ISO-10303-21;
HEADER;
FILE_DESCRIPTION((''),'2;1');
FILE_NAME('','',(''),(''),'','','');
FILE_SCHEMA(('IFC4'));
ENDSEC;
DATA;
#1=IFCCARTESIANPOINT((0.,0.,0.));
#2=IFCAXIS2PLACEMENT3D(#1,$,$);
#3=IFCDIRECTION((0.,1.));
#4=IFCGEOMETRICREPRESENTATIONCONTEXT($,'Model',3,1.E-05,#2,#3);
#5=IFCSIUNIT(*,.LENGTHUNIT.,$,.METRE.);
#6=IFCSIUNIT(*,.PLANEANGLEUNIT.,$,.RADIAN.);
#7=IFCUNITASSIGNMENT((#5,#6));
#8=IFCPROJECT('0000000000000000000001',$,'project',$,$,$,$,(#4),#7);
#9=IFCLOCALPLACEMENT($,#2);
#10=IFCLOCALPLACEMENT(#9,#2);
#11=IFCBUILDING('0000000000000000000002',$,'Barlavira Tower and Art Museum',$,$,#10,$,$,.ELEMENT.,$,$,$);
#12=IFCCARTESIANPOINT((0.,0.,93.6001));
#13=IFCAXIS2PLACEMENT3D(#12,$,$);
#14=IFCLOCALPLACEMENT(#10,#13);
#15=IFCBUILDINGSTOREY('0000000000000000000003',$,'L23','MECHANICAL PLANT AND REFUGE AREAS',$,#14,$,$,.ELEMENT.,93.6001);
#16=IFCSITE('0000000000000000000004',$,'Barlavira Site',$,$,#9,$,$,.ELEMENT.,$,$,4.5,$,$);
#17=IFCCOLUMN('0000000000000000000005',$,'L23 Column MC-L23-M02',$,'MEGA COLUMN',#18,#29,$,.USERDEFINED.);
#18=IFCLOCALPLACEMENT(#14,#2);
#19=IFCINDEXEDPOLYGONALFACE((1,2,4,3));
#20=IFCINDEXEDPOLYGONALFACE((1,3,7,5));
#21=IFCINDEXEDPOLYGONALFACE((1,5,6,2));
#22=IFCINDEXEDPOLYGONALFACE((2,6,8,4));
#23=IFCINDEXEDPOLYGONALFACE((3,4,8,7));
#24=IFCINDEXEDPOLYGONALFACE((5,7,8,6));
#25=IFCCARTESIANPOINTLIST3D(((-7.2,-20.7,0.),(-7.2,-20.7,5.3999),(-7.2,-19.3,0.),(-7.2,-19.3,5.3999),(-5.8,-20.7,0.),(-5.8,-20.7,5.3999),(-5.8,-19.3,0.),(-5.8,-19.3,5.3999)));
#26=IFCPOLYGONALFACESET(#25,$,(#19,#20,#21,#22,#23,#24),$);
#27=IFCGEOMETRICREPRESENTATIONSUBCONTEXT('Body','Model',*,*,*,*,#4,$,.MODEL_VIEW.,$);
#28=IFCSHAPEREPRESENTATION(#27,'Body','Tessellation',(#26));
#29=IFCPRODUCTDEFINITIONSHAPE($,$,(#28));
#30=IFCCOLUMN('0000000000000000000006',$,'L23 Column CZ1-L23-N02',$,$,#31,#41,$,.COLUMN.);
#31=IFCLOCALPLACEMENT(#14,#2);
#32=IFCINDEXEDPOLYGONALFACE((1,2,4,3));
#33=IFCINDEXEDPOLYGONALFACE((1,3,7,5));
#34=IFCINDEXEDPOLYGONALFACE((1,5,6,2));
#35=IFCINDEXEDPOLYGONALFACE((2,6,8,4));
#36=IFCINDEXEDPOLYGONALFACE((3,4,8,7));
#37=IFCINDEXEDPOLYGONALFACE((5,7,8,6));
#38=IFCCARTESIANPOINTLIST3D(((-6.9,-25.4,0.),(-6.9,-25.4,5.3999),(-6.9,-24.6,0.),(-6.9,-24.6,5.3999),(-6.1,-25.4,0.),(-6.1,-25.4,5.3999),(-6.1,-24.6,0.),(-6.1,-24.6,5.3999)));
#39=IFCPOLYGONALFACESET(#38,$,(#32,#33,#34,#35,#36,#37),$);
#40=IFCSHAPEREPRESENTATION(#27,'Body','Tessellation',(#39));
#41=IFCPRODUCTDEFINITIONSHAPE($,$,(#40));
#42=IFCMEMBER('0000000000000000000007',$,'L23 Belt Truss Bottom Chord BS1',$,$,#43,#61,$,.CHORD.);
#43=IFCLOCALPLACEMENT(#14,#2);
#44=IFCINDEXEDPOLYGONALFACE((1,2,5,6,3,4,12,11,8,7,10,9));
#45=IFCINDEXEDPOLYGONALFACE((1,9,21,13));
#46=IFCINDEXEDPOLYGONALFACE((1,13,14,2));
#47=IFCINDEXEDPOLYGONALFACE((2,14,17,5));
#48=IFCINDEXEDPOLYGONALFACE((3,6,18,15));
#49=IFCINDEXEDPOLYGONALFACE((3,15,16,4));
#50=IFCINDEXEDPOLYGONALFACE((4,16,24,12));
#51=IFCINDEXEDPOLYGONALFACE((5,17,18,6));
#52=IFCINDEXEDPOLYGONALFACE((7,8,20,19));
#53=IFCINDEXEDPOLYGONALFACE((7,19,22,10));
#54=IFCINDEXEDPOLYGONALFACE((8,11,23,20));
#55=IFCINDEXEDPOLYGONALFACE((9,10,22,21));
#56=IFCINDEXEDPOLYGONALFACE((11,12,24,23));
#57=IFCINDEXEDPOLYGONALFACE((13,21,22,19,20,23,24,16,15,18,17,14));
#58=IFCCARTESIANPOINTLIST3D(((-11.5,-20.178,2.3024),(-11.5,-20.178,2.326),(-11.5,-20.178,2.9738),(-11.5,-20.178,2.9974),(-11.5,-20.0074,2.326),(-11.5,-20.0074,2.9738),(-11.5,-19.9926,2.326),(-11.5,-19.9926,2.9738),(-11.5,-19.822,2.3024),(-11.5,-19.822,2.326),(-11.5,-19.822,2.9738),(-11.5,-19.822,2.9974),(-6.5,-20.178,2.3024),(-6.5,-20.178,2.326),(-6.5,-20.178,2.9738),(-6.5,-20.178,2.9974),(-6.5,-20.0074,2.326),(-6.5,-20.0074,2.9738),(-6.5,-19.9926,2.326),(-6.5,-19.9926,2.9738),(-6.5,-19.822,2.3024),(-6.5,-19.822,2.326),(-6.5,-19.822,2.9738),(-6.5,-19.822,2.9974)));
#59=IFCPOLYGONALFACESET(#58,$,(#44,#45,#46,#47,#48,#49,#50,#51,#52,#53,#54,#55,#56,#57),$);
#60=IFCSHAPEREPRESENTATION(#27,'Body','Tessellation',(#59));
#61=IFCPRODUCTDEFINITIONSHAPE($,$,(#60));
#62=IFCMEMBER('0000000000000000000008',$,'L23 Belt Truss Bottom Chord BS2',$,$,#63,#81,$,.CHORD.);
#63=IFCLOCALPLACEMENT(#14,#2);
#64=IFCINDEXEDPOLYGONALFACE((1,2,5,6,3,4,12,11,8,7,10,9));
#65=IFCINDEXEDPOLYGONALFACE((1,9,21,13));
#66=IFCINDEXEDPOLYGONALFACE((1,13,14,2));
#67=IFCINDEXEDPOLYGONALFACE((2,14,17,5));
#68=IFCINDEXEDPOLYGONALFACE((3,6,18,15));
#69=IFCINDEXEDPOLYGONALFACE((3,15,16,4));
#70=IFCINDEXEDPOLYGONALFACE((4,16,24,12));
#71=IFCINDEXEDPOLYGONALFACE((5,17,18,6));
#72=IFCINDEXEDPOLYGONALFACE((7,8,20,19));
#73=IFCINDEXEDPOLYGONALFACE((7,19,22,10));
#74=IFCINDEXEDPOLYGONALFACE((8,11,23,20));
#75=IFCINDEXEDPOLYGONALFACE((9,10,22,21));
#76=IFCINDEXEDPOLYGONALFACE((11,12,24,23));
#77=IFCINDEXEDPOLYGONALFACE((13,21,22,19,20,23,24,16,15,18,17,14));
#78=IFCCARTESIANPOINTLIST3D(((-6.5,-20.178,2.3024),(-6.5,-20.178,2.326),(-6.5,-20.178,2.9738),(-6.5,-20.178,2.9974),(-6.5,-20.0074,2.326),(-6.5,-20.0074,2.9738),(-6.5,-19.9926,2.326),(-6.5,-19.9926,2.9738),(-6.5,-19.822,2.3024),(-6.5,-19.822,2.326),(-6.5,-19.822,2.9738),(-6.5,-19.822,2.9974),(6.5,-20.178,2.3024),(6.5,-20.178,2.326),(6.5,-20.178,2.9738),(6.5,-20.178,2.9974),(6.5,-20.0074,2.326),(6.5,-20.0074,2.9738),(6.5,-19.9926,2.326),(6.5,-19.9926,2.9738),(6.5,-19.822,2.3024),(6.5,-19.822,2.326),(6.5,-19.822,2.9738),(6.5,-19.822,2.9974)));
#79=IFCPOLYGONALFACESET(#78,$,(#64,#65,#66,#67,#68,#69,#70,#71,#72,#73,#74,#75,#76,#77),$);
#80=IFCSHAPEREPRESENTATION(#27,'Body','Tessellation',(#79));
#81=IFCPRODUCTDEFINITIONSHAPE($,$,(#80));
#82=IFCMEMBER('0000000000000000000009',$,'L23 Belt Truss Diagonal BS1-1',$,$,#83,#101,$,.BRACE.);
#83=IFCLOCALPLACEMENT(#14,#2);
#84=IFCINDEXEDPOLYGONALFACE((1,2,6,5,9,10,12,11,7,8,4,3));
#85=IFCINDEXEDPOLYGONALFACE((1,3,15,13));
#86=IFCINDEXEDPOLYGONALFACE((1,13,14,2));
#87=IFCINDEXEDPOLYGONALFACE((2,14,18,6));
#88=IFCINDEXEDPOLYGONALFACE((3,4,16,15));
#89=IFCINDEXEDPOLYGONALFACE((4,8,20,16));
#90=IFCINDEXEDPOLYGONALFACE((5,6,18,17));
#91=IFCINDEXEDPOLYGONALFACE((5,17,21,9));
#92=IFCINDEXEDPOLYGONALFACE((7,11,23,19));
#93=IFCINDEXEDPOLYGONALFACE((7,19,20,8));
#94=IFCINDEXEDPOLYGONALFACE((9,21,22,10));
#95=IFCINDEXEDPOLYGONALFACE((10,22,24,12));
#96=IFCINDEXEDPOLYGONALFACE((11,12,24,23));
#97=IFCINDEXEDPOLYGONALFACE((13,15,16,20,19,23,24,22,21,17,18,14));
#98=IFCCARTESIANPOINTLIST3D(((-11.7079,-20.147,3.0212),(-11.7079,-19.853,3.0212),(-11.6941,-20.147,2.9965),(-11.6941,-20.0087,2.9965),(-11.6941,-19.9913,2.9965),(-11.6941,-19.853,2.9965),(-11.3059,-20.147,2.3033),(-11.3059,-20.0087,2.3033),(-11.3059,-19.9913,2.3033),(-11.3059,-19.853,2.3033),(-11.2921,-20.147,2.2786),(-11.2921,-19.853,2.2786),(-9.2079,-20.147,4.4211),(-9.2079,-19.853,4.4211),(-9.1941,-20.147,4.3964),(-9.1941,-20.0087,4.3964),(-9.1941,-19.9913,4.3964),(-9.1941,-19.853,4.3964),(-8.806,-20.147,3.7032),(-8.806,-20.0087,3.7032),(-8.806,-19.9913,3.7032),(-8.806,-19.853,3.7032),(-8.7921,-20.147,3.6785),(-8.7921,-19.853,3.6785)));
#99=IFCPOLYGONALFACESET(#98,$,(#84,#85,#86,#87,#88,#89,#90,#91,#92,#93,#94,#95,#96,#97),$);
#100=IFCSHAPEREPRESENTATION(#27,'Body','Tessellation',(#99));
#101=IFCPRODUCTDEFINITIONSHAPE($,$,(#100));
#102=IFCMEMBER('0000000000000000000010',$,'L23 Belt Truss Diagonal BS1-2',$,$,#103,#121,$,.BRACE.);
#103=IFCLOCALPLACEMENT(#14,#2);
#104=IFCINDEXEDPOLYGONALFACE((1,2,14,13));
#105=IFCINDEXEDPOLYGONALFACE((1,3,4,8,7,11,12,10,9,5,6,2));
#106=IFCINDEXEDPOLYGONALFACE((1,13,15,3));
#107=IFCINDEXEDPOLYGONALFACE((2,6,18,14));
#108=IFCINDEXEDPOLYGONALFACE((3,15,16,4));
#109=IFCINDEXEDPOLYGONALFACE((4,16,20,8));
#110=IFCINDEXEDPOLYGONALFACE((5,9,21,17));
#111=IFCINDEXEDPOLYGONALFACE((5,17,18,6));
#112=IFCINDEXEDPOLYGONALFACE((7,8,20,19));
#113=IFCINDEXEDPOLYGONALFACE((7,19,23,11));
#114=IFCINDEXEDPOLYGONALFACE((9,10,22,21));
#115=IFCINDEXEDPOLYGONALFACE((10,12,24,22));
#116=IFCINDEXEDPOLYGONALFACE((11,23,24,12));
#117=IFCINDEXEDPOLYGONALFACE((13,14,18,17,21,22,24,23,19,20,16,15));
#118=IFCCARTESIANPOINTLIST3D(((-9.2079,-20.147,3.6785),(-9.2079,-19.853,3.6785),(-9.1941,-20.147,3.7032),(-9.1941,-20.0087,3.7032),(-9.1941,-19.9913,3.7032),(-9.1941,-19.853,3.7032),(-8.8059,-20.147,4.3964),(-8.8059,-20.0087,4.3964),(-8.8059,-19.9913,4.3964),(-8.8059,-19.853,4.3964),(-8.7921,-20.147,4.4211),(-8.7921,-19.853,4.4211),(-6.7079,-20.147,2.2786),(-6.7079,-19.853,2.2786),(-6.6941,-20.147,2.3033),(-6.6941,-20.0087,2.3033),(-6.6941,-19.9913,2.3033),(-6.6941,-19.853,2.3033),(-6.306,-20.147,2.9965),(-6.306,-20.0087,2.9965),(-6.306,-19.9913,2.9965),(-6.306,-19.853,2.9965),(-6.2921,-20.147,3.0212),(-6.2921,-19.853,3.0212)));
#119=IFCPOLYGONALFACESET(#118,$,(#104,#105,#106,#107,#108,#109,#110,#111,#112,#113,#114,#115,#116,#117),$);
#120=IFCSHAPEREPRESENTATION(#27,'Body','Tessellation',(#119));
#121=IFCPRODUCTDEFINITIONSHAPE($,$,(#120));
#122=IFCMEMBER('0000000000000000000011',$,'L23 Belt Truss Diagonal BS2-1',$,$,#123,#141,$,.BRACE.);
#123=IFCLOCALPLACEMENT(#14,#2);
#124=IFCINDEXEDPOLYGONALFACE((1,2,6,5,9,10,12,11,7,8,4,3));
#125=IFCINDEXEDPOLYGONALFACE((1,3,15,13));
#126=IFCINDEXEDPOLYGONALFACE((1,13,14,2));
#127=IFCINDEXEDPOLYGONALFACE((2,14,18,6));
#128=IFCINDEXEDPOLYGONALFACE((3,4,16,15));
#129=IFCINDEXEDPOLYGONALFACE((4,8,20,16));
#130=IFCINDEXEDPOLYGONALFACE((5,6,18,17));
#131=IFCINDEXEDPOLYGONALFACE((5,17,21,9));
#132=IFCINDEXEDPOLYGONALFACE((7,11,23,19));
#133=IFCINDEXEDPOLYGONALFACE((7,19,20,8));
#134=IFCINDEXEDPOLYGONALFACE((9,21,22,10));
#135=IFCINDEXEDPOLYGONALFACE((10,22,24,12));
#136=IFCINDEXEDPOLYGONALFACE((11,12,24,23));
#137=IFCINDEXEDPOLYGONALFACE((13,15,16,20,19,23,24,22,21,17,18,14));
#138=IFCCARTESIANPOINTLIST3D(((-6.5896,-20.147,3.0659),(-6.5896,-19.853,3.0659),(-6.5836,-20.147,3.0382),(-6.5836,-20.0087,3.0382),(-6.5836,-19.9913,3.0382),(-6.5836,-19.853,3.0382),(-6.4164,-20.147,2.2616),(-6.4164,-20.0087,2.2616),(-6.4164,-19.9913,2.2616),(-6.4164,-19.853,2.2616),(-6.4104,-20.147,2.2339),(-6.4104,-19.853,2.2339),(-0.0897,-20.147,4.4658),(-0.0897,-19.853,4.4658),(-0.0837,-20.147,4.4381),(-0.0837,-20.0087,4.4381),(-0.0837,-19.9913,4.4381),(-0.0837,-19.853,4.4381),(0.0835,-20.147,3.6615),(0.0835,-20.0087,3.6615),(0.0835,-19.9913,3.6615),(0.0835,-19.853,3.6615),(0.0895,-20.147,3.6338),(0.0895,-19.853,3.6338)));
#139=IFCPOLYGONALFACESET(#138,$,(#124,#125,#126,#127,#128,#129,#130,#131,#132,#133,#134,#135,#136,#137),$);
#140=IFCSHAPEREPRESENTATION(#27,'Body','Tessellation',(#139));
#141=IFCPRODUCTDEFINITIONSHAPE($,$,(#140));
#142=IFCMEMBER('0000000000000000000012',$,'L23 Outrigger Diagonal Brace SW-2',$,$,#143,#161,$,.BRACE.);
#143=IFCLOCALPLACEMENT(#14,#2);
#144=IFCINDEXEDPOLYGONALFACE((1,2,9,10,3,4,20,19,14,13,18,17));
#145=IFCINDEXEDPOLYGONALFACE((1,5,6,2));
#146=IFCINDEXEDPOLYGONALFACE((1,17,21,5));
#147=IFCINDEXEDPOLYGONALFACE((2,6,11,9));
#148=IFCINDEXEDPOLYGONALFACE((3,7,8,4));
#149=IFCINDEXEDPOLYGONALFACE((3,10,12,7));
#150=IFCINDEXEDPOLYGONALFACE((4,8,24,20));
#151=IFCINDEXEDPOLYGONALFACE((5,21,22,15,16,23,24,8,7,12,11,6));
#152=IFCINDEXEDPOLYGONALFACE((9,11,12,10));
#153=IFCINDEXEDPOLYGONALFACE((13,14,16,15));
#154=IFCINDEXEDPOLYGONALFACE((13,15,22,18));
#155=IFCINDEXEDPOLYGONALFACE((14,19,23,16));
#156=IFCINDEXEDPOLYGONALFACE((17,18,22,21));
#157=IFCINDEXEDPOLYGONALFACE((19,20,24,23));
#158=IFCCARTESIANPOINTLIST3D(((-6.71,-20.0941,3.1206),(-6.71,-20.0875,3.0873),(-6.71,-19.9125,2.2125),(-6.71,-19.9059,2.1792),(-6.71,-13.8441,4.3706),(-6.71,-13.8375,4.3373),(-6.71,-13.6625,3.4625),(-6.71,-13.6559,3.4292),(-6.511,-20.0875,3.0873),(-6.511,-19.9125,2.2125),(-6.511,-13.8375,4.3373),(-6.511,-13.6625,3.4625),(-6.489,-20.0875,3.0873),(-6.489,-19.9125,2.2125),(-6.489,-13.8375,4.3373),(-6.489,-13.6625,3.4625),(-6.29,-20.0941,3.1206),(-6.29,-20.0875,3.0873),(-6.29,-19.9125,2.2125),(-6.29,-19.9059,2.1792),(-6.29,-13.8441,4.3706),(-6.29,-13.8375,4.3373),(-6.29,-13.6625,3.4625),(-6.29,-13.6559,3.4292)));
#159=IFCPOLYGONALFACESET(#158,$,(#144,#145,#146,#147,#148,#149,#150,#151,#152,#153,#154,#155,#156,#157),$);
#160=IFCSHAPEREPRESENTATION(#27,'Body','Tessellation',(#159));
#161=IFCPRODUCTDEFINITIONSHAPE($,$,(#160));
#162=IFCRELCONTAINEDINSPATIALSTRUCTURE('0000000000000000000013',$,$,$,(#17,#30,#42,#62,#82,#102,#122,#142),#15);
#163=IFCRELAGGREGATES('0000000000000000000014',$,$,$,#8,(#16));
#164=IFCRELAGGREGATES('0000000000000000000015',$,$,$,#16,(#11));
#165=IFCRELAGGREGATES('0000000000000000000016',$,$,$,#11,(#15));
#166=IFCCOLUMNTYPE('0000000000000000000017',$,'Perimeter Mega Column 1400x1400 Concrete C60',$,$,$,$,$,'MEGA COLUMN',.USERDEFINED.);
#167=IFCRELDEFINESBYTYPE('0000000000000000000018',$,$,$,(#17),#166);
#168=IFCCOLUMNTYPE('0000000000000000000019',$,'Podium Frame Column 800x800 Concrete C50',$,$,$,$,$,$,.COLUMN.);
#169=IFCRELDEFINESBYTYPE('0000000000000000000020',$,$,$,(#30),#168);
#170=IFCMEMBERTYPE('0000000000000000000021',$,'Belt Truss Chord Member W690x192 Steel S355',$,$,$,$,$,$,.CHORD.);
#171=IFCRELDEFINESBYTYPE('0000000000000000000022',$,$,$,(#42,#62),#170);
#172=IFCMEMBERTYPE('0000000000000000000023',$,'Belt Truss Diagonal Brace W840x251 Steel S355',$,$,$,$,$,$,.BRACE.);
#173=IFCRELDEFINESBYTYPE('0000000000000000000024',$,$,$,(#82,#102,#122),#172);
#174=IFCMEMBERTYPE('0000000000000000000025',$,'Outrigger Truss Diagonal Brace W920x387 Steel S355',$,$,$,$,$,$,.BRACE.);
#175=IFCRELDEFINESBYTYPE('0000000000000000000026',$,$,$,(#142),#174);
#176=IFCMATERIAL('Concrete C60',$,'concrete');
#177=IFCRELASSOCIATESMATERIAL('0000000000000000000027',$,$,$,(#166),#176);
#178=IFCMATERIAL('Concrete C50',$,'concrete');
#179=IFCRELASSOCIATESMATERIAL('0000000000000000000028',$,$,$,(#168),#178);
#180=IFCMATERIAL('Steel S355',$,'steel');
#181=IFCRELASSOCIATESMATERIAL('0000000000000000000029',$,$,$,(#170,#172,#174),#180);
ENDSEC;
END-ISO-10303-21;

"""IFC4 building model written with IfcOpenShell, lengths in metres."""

from ifc_helpers import new_model, si_unit, direction, frame, origin, origin_2d, place, context, subcontext, project, spatial, rectangle, i_section, extrude, material, material_profile, profile_set, type_object, element, save


model = new_model("IFC4")

# Units and contexts
model_context = context("Model", 3, precision=1e-05, world=origin(), true_north=direction((0.0, 1.0)))
body_context = subcontext(model_context, "Body", "Model", "MODEL_VIEW")
ifc_project = project(units=[si_unit("LENGTHUNIT", "METRE"), si_unit("PLANEANGLEUNIT", "RADIAN")], contexts=[model_context])

# Site, building, storey
site_placement = place(None, origin())
site = spatial("IfcSite", under=ifc_project, at=site_placement, Name="Barlavira Site", CompositionType="ELEMENT", RefElevation=4.5)
building_placement = place(site_placement, origin())
building = spatial("IfcBuilding", under=site, at=building_placement, Name="Barlavira Tower and Art Museum", CompositionType="ELEMENT")
storey_placement = place(building_placement, frame((0.0, 0.0, 93.6001)))
storey = spatial("IfcBuildingStorey", under=building, at=storey_placement, Name="L23", Description="MECHANICAL PLANT AND REFUGE AREAS", CompositionType="ELEMENT", Elevation=93.6001)

# Columns
ifc_material_1 = material(Name="Concrete C60", Category="concrete")
ifc_material_profile_1 = material_profile(ifc_material_1, rectangle(XDim=1.3999, YDim=1.3999, at=origin_2d()), Name="RC-MCOL 1400x1400")
ifc_profile_set_1 = profile_set([ifc_material_profile_1], Name="Concrete C60")
column_type_1 = type_object("IfcColumnType", Name="Perimeter Mega Column 1400x1400 Concrete C60", ElementType="MEGA COLUMN", PredefinedType="USERDEFINED", material=ifc_profile_set_1)
column_1_placement = place(storey_placement, frame((-6.5, -20.0, 0.0), z_axis=(0.0, 0.0, 1.0), x_axis=(1.0, 0.0, 0.0)))
element("IfcColumn", 1, at=column_1_placement, inside=storey, type_object=column_type_1, Name="L23 Column MC-L23-M02", ObjectType="MEGA COLUMN", PredefinedType="USERDEFINED", context=body_context, shape_type="SweptSolid", body=[
    extrude(rectangle(XDim=1.3999, YDim=1.3999, at=origin_2d()), origin(), (0.0, 0.0, 1.0), 5.3999),
])
ifc_material_2 = material(Name="Concrete C50", Category="concrete")
ifc_material_profile_2 = material_profile(ifc_material_2, rectangle(XDim=0.8, YDim=0.8, at=origin_2d()), Name="RC-COL 800x800")
ifc_profile_set_2 = profile_set([ifc_material_profile_2], Name="Concrete C50")
column_type_2 = type_object("IfcColumnType", Name="Podium Frame Column 800x800 Concrete C50", PredefinedType="COLUMN", material=ifc_profile_set_2)
column_2_placement = place(storey_placement, frame((-6.5, -25.0, 0.0), z_axis=(0.0, 0.0, 1.0), x_axis=(1.0, 0.0, 0.0)))
element("IfcColumn", 2, at=column_2_placement, inside=storey, type_object=column_type_2, Name="L23 Column CZ1-L23-N02", PredefinedType="COLUMN", context=body_context, shape_type="SweptSolid", body=[
    extrude(rectangle(XDim=0.8, YDim=0.8, at=origin_2d()), origin(), (0.0, 0.0, 1.0), 5.3999),
])

# Members
ifc_material_3 = material(Name="Steel S355", Category="steel")
ifc_material_profile_3 = material_profile(ifc_material_3, i_section(OverallWidth=0.356, OverallDepth=0.6951, WebThickness=0.0149, FlangeThickness=0.0237, at=origin_2d()), Name="W690x192.0")
ifc_profile_set_3 = profile_set([ifc_material_profile_3], Name="Steel S355")
member_type_1 = type_object("IfcMemberType", Name="Belt Truss Chord Member W690x192 Steel S355", PredefinedType="CHORD", material=ifc_profile_set_3)
member_1_placement = place(storey_placement, frame((-11.5, -20.0, 2.6499), z_axis=(1.0, 0.0, 0.0), x_axis=(0.0, 1.0, 0.0)))
element("IfcMember", 3, at=member_1_placement, inside=storey, type_object=member_type_1, Name="L23 Belt Truss Bottom Chord BS1", PredefinedType="CHORD", context=body_context, shape_type="SweptSolid", body=[
    extrude(i_section(OverallWidth=0.356, OverallDepth=0.6951, WebThickness=0.0149, FlangeThickness=0.0237, at=origin_2d()), origin(), (0.0, 0.0, 1.0), 5.0),
])
member_2_placement = place(storey_placement, frame((-6.5, -20.0, 2.6499), z_axis=(1.0, 0.0, 0.0), x_axis=(0.0, 1.0, 0.0)))
element("IfcMember", 4, at=member_2_placement, inside=storey, type_object=member_type_1, Name="L23 Belt Truss Bottom Chord BS2", PredefinedType="CHORD", context=body_context, shape_type="SweptSolid", body=[
    extrude(i_section(OverallWidth=0.356, OverallDepth=0.6951, WebThickness=0.0149, FlangeThickness=0.0237, at=origin_2d()), origin(), (0.0, 0.0, 1.0), 13.0),
])
ifc_material_profile_4 = material_profile(ifc_material_3, i_section(OverallWidth=0.2939, OverallDepth=0.8511, WebThickness=0.0173, FlangeThickness=0.0283, at=origin_2d()), Name="W840x251.0")
ifc_profile_set_4 = profile_set([ifc_material_profile_4], Name="Steel S355")
member_type_2 = type_object("IfcMemberType", Name="Belt Truss Diagonal Brace W840x251 Steel S355", PredefinedType="BRACE", material=ifc_profile_set_4)
for number, where, z_axis, x_axis, name in (
    (5, (-11.5, -20.0, 2.6499), (0.872521, 0.0, 0.488577), (0.0, 1.0, 0.0), "L23 Belt Truss Diagonal BS1-1"),
    (6, (-9.0, -20.0, 4.0498), (0.872521, 0.0, -0.488577), (0.0, 1.0, 0.0), "L23 Belt Truss Diagonal BS1-2"),
):
    element("IfcMember", number, at=place(storey_placement, frame(where, z_axis=z_axis, x_axis=x_axis)), inside=storey, type_object=member_type_2, Name=name, PredefinedType="BRACE", context=body_context, shape_type="SweptSolid", body=[
        extrude(i_section(OverallWidth=0.2939, OverallDepth=0.8511, WebThickness=0.0173, FlangeThickness=0.0283, at=origin_2d()), origin(), (0.0, 0.0, 1.0), 2.8652),
    ])
member_3_placement = place(storey_placement, frame((-6.5, -20.0, 2.6499), z_axis=(0.977585, 0.0, 0.210542), x_axis=(0.0, 1.0, 0.0)))
element("IfcMember", 7, at=member_3_placement, inside=storey, type_object=member_type_2, Name="L23 Belt Truss Diagonal BS2-1", PredefinedType="BRACE", context=body_context, shape_type="SweptSolid", body=[
    extrude(i_section(OverallWidth=0.2939, OverallDepth=0.8511, WebThickness=0.0173, FlangeThickness=0.0283, at=origin_2d()), origin(), (0.0, 0.0, 1.0), 6.6489),
])
ifc_material_profile_5 = material_profile(ifc_material_3, i_section(OverallWidth=0.4199, OverallDepth=0.96, WebThickness=0.022, FlangeThickness=0.0339, at=origin_2d()), Name="W920x387.0")
ifc_profile_set_5 = profile_set([ifc_material_profile_5], Name="Steel S355")
member_type_3 = type_object("IfcMemberType", Name="Outrigger Truss Diagonal Brace W920x387 Steel S355", PredefinedType="BRACE", material=ifc_profile_set_5)
member_4_placement = place(storey_placement, frame((-6.5, -13.75, 3.8999), z_axis=(0.0, -0.980581, -0.196116), x_axis=(1.0, 0.0, 0.0)))
element("IfcMember", 8, at=member_4_placement, inside=storey, type_object=member_type_3, Name="L23 Outrigger Diagonal Brace SW-2", PredefinedType="BRACE", context=body_context, shape_type="SweptSolid", body=[
    extrude(i_section(OverallWidth=0.4199, OverallDepth=0.96, WebThickness=0.022, FlangeThickness=0.0339, at=origin_2d()), origin(), (0.0, 0.0, 1.0), 6.3738),
])

save(model, "model.ifc")
